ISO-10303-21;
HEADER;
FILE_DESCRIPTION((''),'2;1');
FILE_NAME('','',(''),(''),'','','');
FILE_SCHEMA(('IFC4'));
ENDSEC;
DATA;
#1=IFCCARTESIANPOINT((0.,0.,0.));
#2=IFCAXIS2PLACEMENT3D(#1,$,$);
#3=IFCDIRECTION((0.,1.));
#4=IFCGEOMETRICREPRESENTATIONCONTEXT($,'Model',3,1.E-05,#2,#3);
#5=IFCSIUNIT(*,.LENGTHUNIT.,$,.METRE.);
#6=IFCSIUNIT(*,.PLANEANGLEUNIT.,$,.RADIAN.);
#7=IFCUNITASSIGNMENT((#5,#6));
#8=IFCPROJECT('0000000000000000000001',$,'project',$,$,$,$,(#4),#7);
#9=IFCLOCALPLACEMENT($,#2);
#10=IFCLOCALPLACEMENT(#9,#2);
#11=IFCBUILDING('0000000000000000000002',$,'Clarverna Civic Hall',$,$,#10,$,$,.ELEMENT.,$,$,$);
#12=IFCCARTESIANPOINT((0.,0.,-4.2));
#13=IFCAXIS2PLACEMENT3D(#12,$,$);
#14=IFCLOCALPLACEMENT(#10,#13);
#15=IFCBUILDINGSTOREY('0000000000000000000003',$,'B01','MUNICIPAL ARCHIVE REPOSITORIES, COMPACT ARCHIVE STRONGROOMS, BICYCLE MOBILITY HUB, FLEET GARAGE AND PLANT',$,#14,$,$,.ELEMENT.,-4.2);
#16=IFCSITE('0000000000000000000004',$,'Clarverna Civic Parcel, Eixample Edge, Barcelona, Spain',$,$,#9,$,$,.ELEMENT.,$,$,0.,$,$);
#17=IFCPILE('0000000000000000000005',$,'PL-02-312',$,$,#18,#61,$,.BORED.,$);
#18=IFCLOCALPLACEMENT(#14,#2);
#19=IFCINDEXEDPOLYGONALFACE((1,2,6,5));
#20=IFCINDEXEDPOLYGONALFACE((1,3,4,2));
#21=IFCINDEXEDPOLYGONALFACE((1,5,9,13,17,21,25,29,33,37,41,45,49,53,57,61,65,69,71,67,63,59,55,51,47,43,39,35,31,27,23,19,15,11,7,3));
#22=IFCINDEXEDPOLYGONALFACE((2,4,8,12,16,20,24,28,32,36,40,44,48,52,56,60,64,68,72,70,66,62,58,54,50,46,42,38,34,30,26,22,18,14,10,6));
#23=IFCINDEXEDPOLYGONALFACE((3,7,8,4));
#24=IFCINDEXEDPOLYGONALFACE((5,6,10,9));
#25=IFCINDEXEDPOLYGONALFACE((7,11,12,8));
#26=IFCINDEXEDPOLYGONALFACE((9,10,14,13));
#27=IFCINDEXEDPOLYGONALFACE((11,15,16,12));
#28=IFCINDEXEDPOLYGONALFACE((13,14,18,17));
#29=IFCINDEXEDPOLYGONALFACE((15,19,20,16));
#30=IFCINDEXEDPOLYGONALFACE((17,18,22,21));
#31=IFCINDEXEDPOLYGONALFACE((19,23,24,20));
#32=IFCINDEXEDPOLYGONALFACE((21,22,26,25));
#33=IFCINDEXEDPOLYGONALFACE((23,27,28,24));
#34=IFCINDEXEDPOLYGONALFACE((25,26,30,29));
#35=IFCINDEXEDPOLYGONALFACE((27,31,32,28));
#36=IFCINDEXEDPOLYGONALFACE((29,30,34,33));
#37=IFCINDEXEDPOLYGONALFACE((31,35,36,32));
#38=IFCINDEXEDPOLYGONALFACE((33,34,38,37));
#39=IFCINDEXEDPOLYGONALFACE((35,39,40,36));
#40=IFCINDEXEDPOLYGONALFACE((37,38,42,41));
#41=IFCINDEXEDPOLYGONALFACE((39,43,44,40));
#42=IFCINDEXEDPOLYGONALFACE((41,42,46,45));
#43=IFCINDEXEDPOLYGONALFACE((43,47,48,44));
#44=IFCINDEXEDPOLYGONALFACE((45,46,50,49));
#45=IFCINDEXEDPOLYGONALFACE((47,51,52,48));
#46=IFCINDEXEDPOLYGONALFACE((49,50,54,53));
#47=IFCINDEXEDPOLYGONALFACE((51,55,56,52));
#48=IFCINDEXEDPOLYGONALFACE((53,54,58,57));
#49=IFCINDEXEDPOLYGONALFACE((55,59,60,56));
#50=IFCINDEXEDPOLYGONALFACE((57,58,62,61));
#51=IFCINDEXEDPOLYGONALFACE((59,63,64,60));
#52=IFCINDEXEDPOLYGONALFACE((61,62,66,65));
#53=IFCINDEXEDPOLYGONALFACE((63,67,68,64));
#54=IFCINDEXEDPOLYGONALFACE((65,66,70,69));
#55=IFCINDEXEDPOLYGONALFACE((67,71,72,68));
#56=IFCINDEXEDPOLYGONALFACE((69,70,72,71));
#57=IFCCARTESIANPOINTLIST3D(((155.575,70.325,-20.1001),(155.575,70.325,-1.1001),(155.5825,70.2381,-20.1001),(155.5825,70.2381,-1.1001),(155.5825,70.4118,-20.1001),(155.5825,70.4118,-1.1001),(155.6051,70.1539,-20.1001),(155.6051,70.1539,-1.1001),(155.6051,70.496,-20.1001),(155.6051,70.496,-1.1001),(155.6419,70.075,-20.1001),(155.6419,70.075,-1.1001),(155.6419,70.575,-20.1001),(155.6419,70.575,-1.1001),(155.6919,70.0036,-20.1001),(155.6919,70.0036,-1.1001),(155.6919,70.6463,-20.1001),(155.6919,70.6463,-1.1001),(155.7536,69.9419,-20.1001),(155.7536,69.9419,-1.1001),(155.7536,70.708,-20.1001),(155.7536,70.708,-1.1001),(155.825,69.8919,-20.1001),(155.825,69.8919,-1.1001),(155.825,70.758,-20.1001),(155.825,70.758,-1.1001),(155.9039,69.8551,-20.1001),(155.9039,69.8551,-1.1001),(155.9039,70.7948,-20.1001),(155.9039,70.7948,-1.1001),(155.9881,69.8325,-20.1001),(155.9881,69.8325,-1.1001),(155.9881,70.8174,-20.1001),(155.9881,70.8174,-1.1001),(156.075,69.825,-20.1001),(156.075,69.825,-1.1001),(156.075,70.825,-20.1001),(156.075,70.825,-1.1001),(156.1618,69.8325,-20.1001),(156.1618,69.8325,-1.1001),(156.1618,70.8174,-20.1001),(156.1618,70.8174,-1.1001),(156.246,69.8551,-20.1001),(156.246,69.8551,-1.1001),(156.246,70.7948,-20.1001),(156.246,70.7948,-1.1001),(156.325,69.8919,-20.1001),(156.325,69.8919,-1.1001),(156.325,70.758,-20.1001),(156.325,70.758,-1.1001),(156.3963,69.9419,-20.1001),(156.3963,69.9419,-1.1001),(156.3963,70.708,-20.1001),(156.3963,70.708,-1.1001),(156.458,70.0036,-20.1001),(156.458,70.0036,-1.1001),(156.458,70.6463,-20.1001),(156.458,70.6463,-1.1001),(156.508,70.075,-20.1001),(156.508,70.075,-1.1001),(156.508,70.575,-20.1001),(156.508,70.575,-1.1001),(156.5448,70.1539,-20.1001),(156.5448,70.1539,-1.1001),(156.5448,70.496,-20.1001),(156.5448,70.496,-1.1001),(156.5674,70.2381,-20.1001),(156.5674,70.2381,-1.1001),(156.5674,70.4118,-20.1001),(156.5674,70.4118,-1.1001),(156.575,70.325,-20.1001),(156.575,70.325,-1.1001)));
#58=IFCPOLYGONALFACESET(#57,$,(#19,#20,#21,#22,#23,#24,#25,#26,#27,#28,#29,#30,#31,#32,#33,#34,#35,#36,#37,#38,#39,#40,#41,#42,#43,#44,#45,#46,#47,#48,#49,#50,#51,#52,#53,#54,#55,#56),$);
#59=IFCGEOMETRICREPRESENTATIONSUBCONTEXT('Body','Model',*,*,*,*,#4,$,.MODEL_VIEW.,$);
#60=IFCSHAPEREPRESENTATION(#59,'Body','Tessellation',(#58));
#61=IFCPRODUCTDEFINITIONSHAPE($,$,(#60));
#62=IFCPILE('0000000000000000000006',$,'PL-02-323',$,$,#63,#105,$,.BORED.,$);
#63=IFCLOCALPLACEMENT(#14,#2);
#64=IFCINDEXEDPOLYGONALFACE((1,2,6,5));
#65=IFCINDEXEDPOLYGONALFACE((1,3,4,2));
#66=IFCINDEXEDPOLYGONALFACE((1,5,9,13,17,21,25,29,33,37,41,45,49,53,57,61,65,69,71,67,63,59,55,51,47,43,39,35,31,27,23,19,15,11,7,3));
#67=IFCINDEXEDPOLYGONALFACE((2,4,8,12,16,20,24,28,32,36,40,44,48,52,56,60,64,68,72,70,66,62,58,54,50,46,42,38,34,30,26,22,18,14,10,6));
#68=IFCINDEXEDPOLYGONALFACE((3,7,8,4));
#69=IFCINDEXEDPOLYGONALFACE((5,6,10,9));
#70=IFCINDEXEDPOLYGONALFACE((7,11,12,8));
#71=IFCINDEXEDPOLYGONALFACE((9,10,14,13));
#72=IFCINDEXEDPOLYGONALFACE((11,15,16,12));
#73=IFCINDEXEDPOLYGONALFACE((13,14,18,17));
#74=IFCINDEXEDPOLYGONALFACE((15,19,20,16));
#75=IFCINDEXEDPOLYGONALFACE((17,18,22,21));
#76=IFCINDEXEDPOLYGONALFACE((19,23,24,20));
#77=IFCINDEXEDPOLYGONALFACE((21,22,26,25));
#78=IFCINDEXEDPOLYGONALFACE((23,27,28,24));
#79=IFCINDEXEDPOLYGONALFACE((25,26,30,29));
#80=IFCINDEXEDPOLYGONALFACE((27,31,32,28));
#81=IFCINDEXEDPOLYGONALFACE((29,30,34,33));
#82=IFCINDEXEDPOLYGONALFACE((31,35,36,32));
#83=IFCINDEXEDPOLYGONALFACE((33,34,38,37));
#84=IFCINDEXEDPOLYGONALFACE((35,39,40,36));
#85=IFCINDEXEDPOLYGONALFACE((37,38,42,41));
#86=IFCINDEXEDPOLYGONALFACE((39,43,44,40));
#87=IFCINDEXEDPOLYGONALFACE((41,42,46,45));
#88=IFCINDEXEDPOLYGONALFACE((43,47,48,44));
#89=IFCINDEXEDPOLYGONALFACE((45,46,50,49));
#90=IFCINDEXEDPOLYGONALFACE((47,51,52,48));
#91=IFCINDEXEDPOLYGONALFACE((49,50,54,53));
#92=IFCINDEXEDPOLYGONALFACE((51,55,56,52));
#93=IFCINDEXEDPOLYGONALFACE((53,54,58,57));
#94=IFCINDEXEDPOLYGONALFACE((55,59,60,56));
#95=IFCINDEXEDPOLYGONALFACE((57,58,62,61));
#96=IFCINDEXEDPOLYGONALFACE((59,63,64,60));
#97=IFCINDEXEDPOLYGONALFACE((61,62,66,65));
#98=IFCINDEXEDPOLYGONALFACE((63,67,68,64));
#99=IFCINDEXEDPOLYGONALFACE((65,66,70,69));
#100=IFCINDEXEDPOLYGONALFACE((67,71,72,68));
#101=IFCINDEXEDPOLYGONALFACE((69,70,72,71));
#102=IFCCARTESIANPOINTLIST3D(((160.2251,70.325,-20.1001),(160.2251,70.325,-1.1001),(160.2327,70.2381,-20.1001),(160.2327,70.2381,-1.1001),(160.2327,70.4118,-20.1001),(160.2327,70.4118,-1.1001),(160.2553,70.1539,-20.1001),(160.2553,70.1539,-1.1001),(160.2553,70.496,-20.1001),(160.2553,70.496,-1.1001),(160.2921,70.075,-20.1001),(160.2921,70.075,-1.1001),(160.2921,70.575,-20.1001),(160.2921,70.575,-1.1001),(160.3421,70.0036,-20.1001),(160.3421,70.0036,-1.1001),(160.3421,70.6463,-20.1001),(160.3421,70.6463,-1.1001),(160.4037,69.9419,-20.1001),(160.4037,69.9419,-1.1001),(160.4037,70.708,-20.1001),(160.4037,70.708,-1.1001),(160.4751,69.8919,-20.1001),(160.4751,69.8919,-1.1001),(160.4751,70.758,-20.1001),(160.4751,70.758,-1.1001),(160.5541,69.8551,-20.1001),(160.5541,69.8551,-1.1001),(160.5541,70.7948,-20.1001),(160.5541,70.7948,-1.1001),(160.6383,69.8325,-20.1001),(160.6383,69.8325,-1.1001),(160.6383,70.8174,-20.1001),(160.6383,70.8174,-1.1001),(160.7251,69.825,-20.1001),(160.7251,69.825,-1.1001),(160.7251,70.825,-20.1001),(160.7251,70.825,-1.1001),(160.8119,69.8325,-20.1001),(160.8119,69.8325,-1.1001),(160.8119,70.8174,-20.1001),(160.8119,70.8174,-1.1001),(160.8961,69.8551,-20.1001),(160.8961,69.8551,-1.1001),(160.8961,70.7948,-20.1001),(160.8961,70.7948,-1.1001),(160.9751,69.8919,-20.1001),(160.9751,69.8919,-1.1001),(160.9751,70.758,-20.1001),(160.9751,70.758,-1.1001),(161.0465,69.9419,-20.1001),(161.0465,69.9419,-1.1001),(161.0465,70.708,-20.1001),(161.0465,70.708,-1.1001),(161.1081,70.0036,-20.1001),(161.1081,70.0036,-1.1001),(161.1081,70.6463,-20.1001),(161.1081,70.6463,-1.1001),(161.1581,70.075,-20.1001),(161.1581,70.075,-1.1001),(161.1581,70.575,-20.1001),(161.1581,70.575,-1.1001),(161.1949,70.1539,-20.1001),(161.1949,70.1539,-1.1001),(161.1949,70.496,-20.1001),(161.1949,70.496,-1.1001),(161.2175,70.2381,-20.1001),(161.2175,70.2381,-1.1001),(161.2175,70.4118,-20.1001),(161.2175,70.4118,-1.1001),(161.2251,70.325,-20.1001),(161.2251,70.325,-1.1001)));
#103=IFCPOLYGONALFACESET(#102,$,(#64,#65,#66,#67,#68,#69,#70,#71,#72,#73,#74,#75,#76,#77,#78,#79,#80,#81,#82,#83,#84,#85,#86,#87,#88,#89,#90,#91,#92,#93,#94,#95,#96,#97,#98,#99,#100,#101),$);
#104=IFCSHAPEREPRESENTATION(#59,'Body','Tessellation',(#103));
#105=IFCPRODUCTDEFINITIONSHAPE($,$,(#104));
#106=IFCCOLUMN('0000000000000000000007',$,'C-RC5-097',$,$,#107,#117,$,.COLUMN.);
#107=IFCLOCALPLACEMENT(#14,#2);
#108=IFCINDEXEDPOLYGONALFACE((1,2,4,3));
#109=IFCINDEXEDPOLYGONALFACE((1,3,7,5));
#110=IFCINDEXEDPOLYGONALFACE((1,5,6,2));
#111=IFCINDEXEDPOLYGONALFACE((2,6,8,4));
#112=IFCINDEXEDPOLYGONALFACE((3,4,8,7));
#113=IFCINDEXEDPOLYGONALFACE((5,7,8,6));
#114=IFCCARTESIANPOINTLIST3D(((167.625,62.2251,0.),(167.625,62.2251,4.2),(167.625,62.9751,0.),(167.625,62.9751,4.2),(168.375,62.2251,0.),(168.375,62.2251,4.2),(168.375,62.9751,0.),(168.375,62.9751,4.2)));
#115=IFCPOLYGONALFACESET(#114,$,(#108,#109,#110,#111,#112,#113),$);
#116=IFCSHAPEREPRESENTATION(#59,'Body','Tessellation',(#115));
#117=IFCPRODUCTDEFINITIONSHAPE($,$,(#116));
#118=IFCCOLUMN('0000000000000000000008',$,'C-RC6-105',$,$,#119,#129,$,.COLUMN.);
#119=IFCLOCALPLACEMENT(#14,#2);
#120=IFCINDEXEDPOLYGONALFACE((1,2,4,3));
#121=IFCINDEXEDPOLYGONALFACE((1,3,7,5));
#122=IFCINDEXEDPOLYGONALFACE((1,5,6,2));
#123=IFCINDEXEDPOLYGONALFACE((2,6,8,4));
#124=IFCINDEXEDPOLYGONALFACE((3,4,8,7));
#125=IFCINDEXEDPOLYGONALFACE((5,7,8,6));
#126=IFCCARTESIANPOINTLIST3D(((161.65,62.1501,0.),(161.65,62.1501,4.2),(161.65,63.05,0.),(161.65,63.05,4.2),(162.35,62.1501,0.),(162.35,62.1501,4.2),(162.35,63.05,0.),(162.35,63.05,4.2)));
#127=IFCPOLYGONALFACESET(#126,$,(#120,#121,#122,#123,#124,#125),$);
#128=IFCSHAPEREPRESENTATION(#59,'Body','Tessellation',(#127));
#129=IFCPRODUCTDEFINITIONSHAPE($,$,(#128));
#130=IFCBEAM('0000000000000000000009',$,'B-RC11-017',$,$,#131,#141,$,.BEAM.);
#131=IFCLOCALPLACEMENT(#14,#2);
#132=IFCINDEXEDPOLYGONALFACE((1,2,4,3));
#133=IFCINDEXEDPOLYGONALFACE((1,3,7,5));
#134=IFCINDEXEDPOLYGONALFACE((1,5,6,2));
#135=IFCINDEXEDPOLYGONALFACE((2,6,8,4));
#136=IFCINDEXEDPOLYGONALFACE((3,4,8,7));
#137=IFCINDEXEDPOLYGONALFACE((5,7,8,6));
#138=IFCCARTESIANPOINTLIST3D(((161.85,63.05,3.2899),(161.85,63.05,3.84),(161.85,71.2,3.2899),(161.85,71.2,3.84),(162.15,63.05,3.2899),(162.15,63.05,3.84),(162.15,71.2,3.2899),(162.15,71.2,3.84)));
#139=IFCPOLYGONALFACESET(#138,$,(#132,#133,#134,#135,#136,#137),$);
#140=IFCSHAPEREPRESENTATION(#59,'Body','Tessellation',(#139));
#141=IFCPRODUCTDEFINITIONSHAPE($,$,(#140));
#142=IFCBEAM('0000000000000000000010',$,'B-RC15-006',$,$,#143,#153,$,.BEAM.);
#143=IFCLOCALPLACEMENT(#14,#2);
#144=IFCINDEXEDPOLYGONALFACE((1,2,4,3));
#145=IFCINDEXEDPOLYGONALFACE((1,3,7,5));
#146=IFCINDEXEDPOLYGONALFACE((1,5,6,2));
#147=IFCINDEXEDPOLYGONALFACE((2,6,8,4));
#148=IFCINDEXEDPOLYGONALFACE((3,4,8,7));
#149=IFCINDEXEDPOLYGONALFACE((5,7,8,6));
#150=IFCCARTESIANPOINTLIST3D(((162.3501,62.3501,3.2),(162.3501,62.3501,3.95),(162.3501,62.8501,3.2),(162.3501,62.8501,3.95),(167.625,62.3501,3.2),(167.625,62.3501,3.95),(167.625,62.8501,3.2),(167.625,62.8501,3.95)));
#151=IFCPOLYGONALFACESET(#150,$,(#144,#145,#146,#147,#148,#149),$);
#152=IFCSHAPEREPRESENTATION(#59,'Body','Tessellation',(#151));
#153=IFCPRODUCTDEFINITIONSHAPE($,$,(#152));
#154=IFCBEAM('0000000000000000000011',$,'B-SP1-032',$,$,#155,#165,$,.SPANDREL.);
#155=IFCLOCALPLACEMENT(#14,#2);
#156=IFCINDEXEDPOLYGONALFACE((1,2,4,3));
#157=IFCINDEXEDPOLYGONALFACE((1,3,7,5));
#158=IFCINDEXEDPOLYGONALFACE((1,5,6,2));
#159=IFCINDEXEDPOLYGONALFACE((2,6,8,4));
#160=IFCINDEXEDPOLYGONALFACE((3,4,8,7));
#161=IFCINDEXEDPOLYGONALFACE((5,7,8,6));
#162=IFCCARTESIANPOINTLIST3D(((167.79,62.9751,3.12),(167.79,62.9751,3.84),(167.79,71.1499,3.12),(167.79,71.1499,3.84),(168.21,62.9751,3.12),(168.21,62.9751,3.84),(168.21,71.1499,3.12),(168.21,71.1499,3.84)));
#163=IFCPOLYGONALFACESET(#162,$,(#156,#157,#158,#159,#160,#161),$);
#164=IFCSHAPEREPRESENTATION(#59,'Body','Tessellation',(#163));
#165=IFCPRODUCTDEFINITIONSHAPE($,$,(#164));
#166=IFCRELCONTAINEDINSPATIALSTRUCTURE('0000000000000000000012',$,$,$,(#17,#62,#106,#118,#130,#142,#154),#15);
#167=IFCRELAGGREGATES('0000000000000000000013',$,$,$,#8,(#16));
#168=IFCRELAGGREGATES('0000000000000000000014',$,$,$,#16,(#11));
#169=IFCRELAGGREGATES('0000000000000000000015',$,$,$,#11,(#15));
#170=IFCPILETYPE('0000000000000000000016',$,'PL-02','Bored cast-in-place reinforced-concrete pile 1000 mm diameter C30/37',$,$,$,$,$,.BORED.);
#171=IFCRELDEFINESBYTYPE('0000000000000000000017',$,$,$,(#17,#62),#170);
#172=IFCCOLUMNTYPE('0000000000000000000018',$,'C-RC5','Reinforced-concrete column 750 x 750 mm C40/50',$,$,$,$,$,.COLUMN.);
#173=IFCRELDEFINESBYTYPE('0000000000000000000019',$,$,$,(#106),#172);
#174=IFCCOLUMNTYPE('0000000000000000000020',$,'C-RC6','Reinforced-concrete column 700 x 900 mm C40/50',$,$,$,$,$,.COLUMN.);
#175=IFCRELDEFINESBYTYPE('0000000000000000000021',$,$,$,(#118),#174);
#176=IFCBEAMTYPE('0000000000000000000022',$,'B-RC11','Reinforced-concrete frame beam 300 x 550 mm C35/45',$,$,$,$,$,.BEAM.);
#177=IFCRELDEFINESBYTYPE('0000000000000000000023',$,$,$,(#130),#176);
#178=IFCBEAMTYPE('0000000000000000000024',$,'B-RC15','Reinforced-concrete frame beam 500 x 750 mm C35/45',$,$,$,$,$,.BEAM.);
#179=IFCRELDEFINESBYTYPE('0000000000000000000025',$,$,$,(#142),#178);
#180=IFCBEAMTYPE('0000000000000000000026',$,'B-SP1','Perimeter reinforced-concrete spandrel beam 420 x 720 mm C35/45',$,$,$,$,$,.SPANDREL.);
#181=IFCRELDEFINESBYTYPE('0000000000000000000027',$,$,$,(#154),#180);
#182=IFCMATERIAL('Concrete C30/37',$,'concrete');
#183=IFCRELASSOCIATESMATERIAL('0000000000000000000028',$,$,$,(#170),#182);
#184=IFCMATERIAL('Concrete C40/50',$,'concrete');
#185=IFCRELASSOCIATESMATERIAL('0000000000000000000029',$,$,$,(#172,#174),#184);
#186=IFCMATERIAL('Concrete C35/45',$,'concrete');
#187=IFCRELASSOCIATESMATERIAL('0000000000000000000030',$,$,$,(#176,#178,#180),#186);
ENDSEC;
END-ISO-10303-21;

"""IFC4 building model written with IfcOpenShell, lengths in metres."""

from ifc_helpers import new_model, si_unit, direction, frame, origin, origin_2d, place, context, subcontext, project, spatial, rectangle, circle, extrude, material, material_profile, profile_set, type_object, element, save


model = new_model("IFC4")

# Units and contexts
model_context = context("Model", 3, precision=1e-05, world=origin(), true_north=direction((0.0, 1.0)))
body_context = subcontext(model_context, "Body", "Model", "MODEL_VIEW")
ifc_project = project(units=[si_unit("LENGTHUNIT", "METRE"), si_unit("PLANEANGLEUNIT", "RADIAN")], contexts=[model_context])

# Site, building, storey
site_placement = place(None, origin())
site = spatial("IfcSite", under=ifc_project, at=site_placement, Name="Clarverna Civic Parcel, Eixample Edge, Barcelona, Spain", CompositionType="ELEMENT", RefElevation=0.0)
building_placement = place(site_placement, origin())
building = spatial("IfcBuilding", under=site, at=building_placement, Name="Clarverna Civic Hall", CompositionType="ELEMENT")
storey_placement = place(building_placement, frame((0.0, 0.0, -4.2)))
storey = spatial("IfcBuildingStorey", under=building, at=storey_placement, Name="B01", Description="MUNICIPAL ARCHIVE REPOSITORIES, COMPACT ARCHIVE STRONGROOMS, BICYCLE MOBILITY HUB, FLEET GARAGE AND PLANT", CompositionType="ELEMENT", Elevation=-4.2)

# Shared definitions
ifc_material_1 = material(Name="Concrete C30/37", Category="concrete")

# Piles
ifc_material_profile_1 = material_profile(ifc_material_1, circle(Radius=0.5, at=origin_2d()), Name="BORED PILE D1000")
ifc_profile_set_1 = profile_set([ifc_material_profile_1], Name="Concrete C30/37")
pile_type_1 = type_object("IfcPileType", Name="PL-02", Description="Bored cast-in-place reinforced-concrete pile 1000 mm diameter C30/37", PredefinedType="BORED", material=ifc_profile_set_1)
for number, where, z_axis, x_axis, name in (
    (1, (156.075, 70.325, -1.1001), (0.0, 0.0, -1.0), (1.0, 0.0, 0.0), "PL-02-312"),
    (2, (160.7251, 70.325, -1.1001), (0.0, 0.0, -1.0), (1.0, 0.0, 0.0), "PL-02-323"),
):
    element("IfcPile", number, at=place(storey_placement, frame(where, z_axis=z_axis, x_axis=x_axis)), inside=storey, type_object=pile_type_1, Name=name, PredefinedType="BORED", context=body_context, shape_type="SweptSolid", body=[
        extrude(circle(Radius=0.5, at=origin_2d()), origin(), (0.0, 0.0, 1.0), 19.0),
    ])

# Columns
ifc_material_2 = material(Name="Concrete C40/50", Category="concrete")
ifc_material_profile_2 = material_profile(ifc_material_2, rectangle(XDim=0.75, YDim=0.75, at=origin_2d()), Name="RC 750x750")
ifc_profile_set_2 = profile_set([ifc_material_profile_2], Name="Concrete C40/50")
column_type_1 = type_object("IfcColumnType", Name="C-RC5", Description="Reinforced-concrete column 750 x 750 mm C40/50", PredefinedType="COLUMN", material=ifc_profile_set_2)
column_1_placement = place(storey_placement, frame((168.0, 62.6001, 0.0), z_axis=(0.0, 0.0, 1.0), x_axis=(1.0, 0.0, 0.0)))
element("IfcColumn", 3, at=column_1_placement, inside=storey, type_object=column_type_1, Name="C-RC5-097", PredefinedType="COLUMN", context=body_context, shape_type="SweptSolid", body=[
    extrude(rectangle(XDim=0.75, YDim=0.75, at=origin_2d()), origin(), (0.0, 0.0, 1.0), 4.2),
])
ifc_material_profile_3 = material_profile(ifc_material_2, rectangle(XDim=0.7, YDim=0.8999, at=origin_2d()), Name="RC 700x900")
ifc_profile_set_3 = profile_set([ifc_material_profile_3], Name="Concrete C40/50")
column_type_2 = type_object("IfcColumnType", Name="C-RC6", Description="Reinforced-concrete column 700 x 900 mm C40/50", PredefinedType="COLUMN", material=ifc_profile_set_3)
column_2_placement = place(storey_placement, frame((162.0, 62.6001, 0.0), z_axis=(0.0, 0.0, 1.0), x_axis=(1.0, 0.0, 0.0)))
element("IfcColumn", 4, at=column_2_placement, inside=storey, type_object=column_type_2, Name="C-RC6-105", PredefinedType="COLUMN", context=body_context, shape_type="SweptSolid", body=[
    extrude(rectangle(XDim=0.7, YDim=0.8999, at=origin_2d()), origin(), (0.0, 0.0, 1.0), 4.2),
])

# Beams
ifc_material_3 = material(Name="Concrete C35/45", Category="concrete")
ifc_material_profile_4 = material_profile(ifc_material_3, rectangle(XDim=0.3, YDim=0.55, at=origin_2d()), Name="RC 300x550")
ifc_profile_set_4 = profile_set([ifc_material_profile_4], Name="Concrete C35/45")
beam_type_1 = type_object("IfcBeamType", Name="B-RC11", Description="Reinforced-concrete frame beam 300 x 550 mm C35/45", PredefinedType="BEAM", material=ifc_profile_set_4)
beam_1_placement = place(storey_placement, frame((162.0, 63.05, 3.5649), z_axis=(0.0, 1.0, 0.0), x_axis=(-1.0, 0.0, 0.0)))
element("IfcBeam", 5, at=beam_1_placement, inside=storey, type_object=beam_type_1, Name="B-RC11-017", PredefinedType="BEAM", context=body_context, shape_type="SweptSolid", body=[
    extrude(rectangle(XDim=0.3, YDim=0.55, at=origin_2d()), origin(), (0.0, 0.0, 1.0), 8.1499),
])
ifc_material_profile_5 = material_profile(ifc_material_3, rectangle(XDim=0.5, YDim=0.75, at=origin_2d()), Name="RC 500x750")
ifc_profile_set_5 = profile_set([ifc_material_profile_5], Name="Concrete C35/45")
beam_type_2 = type_object("IfcBeamType", Name="B-RC15", Description="Reinforced-concrete frame beam 500 x 750 mm C35/45", PredefinedType="BEAM", material=ifc_profile_set_5)
beam_2_placement = place(storey_placement, frame((162.3501, 62.6001, 3.575), z_axis=(1.0, 0.0, 0.0), x_axis=(0.0, 1.0, 0.0)))
element("IfcBeam", 6, at=beam_2_placement, inside=storey, type_object=beam_type_2, Name="B-RC15-006", PredefinedType="BEAM", context=body_context, shape_type="SweptSolid", body=[
    extrude(rectangle(XDim=0.5, YDim=0.75, at=origin_2d()), origin(), (0.0, 0.0, 1.0), 5.2749),
])
ifc_material_profile_6 = material_profile(ifc_material_3, rectangle(XDim=0.4199, YDim=0.72, at=origin_2d()), Name="RC 420x720")
ifc_profile_set_6 = profile_set([ifc_material_profile_6], Name="Concrete C35/45")
beam_type_3 = type_object("IfcBeamType", Name="B-SP1", Description="Perimeter reinforced-concrete spandrel beam 420 x 720 mm C35/45", PredefinedType="SPANDREL", material=ifc_profile_set_6)
beam_3_placement = place(storey_placement, frame((168.0, 62.9751, 3.48), z_axis=(0.0, 1.0, 0.0), x_axis=(-1.0, 0.0, 0.0)))
element("IfcBeam", 7, at=beam_3_placement, inside=storey, type_object=beam_type_3, Name="B-SP1-032", PredefinedType="SPANDREL", context=body_context, shape_type="SweptSolid", body=[
    extrude(rectangle(XDim=0.4199, YDim=0.72, at=origin_2d()), origin(), (0.0, 0.0, 1.0), 8.1748),
])

save(model, "model.ifc")
